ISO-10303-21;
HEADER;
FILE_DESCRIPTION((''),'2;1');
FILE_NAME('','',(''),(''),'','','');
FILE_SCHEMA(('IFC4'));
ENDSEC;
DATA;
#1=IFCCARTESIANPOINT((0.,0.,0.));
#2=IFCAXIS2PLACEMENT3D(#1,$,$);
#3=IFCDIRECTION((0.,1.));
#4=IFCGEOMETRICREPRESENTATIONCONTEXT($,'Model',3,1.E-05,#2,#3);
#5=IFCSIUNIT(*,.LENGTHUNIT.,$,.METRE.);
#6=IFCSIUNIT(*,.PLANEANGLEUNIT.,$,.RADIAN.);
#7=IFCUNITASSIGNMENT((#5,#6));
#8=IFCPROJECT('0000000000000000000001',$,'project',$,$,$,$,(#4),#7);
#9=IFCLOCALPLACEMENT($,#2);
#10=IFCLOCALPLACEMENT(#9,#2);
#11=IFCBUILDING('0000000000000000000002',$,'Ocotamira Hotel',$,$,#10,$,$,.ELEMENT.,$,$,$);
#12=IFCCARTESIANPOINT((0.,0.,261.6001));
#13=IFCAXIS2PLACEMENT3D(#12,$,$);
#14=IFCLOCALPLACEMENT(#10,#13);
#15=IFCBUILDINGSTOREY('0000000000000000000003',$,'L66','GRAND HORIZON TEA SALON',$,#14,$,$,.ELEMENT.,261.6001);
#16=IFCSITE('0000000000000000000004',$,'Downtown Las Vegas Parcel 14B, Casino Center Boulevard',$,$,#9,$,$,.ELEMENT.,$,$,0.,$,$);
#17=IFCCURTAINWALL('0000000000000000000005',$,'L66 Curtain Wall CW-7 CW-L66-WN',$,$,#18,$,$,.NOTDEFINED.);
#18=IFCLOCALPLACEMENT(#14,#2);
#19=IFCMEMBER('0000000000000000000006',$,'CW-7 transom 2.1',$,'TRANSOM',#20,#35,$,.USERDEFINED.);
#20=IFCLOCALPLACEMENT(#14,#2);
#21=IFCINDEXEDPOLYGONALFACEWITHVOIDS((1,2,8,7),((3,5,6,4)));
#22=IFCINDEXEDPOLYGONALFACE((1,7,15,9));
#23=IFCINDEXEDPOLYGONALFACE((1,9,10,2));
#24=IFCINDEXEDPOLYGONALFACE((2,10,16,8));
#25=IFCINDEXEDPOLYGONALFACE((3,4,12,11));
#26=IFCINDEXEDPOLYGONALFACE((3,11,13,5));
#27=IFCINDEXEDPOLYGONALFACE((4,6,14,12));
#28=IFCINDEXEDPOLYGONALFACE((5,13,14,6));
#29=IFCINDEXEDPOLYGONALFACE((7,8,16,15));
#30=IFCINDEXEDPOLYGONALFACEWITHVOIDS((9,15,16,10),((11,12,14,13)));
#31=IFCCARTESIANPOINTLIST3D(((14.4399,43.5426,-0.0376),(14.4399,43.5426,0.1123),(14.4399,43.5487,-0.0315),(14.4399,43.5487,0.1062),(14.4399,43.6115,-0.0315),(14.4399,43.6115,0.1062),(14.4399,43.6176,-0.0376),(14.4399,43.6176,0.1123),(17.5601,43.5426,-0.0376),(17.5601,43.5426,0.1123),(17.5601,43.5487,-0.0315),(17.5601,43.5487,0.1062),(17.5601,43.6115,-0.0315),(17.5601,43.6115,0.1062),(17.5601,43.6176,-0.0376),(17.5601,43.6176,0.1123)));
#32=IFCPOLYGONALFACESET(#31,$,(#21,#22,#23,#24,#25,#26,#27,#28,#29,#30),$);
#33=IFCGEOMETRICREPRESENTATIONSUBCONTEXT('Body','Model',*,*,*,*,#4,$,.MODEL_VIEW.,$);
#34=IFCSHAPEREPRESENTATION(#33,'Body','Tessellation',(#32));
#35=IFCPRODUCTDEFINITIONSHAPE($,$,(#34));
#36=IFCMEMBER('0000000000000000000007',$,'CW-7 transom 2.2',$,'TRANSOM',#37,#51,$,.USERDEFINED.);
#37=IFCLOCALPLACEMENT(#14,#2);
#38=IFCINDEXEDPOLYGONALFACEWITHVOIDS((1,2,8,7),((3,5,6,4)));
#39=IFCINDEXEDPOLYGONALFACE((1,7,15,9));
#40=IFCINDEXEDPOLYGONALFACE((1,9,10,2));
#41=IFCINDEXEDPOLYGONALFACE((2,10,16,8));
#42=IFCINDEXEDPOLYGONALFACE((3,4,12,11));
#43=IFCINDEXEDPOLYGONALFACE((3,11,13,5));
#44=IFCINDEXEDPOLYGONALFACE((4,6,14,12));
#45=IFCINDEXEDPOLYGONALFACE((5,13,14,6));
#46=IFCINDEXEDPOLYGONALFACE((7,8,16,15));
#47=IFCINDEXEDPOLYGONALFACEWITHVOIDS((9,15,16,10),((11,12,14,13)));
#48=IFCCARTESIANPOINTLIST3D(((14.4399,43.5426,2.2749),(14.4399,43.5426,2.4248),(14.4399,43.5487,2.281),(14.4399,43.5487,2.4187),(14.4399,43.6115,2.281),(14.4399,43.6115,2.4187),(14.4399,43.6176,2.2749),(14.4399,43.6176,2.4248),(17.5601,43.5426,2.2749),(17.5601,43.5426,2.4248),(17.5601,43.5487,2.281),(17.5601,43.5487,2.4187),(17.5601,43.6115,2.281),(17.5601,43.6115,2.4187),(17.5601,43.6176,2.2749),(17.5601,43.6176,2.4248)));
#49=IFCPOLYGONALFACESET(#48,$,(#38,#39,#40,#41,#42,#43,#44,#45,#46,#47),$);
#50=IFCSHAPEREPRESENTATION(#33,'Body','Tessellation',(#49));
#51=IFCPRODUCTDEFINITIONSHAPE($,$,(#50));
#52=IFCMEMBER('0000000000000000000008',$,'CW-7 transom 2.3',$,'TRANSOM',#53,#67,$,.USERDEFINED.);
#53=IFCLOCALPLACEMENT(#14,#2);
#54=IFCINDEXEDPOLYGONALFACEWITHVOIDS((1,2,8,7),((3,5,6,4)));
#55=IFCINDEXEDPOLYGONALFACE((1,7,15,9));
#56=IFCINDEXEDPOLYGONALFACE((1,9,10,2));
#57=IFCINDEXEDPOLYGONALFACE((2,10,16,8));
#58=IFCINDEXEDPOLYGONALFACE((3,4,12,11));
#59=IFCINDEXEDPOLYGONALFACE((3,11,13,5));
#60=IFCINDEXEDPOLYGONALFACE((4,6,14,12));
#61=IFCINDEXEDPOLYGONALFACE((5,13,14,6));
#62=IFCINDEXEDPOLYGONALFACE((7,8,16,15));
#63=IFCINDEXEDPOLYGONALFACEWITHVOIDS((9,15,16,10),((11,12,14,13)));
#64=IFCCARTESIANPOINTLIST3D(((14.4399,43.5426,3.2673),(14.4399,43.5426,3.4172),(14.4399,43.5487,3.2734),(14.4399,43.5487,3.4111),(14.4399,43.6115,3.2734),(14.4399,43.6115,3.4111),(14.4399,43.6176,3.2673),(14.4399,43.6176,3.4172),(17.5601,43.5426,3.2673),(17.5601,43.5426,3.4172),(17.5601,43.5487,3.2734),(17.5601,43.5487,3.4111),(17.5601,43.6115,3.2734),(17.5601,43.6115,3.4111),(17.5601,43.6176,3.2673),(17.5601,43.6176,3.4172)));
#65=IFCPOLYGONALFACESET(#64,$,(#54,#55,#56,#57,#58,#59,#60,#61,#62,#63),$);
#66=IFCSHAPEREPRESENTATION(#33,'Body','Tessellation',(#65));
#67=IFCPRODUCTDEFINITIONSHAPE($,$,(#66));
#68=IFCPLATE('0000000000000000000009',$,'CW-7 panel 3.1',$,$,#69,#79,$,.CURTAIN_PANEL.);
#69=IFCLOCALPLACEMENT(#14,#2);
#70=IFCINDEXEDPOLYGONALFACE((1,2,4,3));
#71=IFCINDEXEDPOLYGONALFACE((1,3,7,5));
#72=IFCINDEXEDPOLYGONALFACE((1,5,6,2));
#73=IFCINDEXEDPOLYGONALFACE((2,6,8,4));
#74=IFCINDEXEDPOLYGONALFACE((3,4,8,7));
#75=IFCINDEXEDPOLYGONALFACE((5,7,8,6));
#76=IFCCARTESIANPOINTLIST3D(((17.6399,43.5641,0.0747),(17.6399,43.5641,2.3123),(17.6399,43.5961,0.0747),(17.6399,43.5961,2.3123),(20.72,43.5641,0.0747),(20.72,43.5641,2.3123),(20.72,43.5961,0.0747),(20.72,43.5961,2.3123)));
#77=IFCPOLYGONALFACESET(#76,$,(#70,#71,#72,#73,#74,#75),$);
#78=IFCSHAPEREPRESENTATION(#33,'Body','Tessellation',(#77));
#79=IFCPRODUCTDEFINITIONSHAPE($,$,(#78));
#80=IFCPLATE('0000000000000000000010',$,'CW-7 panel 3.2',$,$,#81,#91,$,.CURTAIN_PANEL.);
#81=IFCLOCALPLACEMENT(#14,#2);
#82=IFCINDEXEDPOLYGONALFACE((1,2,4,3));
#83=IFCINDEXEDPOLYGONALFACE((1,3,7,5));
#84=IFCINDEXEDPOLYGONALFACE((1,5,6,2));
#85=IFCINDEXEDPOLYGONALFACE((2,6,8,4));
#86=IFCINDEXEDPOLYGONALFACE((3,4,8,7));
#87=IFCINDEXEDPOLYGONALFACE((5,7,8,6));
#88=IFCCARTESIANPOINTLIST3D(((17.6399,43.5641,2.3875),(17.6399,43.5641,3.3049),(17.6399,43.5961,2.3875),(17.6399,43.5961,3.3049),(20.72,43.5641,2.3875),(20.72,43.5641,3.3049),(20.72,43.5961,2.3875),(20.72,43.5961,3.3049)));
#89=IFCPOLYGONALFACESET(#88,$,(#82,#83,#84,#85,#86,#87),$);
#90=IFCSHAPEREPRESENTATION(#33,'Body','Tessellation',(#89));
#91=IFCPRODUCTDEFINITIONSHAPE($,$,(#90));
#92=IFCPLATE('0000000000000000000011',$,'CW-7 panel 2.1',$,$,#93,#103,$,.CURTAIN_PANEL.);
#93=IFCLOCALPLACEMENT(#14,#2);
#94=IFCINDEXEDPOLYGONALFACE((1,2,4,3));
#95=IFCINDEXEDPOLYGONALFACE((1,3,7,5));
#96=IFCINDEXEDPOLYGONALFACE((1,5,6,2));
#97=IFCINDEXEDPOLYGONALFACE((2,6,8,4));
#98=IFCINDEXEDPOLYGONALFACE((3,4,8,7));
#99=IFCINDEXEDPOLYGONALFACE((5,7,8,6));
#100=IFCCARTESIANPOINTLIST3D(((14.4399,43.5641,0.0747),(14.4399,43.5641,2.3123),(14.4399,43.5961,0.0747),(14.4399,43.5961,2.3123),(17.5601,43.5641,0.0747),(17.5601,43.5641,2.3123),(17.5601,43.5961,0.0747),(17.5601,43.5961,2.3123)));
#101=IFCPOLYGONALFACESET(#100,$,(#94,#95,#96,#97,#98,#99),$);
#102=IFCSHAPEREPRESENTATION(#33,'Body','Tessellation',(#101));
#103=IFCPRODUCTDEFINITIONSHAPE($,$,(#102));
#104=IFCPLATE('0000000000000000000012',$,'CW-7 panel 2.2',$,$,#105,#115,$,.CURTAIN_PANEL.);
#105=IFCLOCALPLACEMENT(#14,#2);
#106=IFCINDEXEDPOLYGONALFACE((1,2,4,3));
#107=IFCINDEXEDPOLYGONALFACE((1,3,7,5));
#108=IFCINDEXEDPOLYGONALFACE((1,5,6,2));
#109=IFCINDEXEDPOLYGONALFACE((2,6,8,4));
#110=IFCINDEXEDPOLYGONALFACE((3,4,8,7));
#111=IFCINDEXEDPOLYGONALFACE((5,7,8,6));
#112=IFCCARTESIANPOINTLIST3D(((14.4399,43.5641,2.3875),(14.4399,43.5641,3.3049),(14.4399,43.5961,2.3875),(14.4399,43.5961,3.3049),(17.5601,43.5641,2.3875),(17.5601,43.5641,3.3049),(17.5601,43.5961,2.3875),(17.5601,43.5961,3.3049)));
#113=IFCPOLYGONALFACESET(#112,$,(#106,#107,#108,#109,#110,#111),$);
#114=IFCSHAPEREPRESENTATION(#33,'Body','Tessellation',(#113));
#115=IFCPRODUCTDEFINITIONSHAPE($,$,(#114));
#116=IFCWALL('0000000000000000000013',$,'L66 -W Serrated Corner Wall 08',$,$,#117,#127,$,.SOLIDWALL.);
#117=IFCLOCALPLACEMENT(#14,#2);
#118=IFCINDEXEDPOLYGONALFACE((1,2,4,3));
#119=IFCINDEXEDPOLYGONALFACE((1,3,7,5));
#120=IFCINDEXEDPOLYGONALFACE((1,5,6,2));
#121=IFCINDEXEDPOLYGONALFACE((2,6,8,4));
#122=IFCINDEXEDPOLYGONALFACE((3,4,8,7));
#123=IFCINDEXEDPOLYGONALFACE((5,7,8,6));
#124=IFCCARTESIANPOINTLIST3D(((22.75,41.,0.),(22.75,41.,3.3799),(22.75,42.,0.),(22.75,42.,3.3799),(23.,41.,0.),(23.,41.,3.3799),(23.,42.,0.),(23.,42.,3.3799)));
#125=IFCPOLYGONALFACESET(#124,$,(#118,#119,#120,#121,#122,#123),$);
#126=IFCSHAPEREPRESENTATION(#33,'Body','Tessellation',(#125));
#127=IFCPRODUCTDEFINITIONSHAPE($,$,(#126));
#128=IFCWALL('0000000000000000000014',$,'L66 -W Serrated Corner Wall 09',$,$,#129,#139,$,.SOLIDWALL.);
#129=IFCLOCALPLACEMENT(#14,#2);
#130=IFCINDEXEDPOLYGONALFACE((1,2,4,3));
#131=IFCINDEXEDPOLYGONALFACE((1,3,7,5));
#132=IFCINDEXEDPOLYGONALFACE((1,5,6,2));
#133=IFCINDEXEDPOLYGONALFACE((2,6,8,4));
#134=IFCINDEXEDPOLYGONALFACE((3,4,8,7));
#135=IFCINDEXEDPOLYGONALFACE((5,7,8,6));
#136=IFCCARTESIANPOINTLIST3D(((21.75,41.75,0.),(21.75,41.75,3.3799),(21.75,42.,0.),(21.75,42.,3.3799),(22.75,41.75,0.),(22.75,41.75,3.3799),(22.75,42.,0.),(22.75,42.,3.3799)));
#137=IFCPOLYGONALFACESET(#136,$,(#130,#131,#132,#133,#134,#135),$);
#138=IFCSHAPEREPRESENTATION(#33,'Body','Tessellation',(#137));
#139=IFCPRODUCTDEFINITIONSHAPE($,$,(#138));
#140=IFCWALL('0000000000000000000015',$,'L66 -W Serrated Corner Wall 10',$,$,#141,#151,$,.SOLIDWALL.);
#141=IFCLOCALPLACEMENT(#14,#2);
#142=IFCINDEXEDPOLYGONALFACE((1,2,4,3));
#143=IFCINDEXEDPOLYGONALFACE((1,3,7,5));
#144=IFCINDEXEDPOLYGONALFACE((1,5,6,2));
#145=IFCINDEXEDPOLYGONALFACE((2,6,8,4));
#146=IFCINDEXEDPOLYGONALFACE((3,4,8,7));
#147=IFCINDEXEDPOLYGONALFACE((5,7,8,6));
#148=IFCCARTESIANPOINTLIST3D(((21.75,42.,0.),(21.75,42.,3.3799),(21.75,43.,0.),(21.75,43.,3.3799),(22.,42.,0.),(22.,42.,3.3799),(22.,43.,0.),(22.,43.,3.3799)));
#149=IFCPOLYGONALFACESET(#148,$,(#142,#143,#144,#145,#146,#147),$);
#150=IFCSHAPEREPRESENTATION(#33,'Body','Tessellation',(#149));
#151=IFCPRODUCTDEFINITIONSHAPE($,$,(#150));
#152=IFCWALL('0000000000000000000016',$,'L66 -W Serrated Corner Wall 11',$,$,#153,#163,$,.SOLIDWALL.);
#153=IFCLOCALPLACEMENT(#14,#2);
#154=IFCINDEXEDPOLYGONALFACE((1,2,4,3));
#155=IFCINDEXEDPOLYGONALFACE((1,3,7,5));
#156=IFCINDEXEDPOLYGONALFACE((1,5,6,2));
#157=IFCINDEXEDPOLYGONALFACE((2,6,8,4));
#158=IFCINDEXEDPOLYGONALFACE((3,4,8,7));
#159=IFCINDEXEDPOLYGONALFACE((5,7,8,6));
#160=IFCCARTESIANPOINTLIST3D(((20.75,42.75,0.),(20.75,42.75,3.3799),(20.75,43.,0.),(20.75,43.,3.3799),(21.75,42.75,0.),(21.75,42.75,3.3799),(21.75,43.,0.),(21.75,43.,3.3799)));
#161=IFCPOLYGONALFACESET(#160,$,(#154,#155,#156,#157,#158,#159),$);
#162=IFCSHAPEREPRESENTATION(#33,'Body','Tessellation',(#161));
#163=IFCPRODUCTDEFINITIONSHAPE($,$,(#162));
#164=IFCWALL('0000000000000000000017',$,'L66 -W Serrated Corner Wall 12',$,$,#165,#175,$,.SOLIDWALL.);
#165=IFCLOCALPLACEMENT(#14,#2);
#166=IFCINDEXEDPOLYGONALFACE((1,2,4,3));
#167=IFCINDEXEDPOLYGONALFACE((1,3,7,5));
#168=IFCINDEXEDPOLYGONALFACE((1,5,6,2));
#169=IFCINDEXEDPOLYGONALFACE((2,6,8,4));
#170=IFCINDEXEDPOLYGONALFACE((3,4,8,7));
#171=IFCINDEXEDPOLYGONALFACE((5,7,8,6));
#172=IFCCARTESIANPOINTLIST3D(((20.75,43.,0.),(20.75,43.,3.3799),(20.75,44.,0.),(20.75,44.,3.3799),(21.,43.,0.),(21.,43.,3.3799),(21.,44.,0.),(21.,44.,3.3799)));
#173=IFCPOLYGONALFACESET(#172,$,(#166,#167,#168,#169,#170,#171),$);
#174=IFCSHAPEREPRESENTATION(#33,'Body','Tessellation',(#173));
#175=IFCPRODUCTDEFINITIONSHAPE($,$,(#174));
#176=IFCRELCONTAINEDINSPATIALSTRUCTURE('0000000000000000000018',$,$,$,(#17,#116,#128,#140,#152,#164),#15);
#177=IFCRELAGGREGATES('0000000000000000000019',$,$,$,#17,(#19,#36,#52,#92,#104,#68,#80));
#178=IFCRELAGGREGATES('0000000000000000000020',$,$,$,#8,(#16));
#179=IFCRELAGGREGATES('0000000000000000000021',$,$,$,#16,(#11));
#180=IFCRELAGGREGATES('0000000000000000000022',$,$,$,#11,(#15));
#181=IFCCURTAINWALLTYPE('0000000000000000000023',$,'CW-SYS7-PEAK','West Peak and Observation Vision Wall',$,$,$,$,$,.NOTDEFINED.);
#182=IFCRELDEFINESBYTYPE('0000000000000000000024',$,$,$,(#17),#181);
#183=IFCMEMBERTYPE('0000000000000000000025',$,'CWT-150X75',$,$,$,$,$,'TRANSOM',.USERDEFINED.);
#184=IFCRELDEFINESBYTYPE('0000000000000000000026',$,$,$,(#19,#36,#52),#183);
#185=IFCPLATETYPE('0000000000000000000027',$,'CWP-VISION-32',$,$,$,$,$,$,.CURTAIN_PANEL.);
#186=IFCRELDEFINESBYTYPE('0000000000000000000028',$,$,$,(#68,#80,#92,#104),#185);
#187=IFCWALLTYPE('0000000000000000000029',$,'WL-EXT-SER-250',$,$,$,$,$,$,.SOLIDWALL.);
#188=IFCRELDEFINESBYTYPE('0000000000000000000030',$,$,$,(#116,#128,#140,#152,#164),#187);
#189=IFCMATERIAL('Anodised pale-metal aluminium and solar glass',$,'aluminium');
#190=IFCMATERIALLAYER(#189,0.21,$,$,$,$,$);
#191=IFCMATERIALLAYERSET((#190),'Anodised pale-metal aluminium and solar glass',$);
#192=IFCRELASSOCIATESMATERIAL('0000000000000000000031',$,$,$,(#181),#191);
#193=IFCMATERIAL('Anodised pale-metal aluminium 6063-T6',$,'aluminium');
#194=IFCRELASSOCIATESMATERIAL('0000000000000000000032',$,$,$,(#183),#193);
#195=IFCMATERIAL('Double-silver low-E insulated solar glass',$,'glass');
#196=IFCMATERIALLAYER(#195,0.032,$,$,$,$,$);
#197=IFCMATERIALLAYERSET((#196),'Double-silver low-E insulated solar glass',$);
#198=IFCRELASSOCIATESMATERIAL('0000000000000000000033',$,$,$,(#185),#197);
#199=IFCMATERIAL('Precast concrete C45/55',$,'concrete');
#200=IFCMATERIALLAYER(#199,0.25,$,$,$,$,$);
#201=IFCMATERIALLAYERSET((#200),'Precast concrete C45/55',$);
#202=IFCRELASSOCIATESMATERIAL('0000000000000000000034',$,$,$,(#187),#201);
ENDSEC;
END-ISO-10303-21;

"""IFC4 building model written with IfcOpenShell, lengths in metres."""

from ifc_helpers import new_model, si_unit, direction, frame, frame_2d, origin, origin_2d, place, context, subcontext, project, spatial, rectangle, hollow_rectangle, extrude, source, transform, mapped, material, layer, layer_set, material_profile, profile_set, type_object, element, aggregate, save


model = new_model("IFC4")

# Units and contexts
model_context = context("Model", 3, precision=1e-05, world=origin(), true_north=direction((0.0, 1.0)))
body_context = subcontext(model_context, "Body", "Model", "MODEL_VIEW")
ifc_project = project(units=[si_unit("LENGTHUNIT", "METRE"), si_unit("PLANEANGLEUNIT", "RADIAN")], contexts=[model_context])

# Site, building, storey
site_placement = place(None, origin())
site = spatial("IfcSite", under=ifc_project, at=site_placement, Name="Downtown Las Vegas Parcel 14B, Casino Center Boulevard", CompositionType="ELEMENT", RefElevation=0.0)
building_placement = place(site_placement, origin())
building = spatial("IfcBuilding", under=site, at=building_placement, Name="Ocotamira Hotel", CompositionType="ELEMENT")
storey_placement = place(building_placement, frame((0.0, 0.0, 261.6001)))
storey = spatial("IfcBuildingStorey", under=building, at=storey_placement, Name="L66", Description="GRAND HORIZON TEA SALON", CompositionType="ELEMENT", Elevation=261.6001)

# Curtain wall, members, plates
ifc_material_1 = material(Name="Anodised pale-metal aluminium and solar glass", Category="aluminium")
ifc_layer_1 = layer(ifc_material_1, 0.21)
ifc_layer_set_1 = layer_set([ifc_layer_1], Name="Anodised pale-metal aluminium and solar glass")
curtain_wall_type = type_object("IfcCurtainWallType", Name="CW-SYS7-PEAK", Description="West Peak and Observation Vision Wall", PredefinedType="NOTDEFINED", material=ifc_layer_set_1)
curtain_wall_placement = place(storey_placement, origin())
curtain_wall = element("IfcCurtainWall", 1, at=curtain_wall_placement, inside=storey, type_object=curtain_wall_type, Name="L66 Curtain Wall CW-7 CW-L66-WN", PredefinedType="NOTDEFINED")
ifc_material_2 = material(Name="Anodised pale-metal aluminium 6063-T6", Category="aluminium")
ifc_material_profile_1 = material_profile(ifc_material_2, hollow_rectangle(XDim=0.075, YDim=0.1499, WallThickness=0.0061, at=origin_2d()), Name="HSS150X75X6")
ifc_profile_set_1 = profile_set([ifc_material_profile_1], Name="Anodised pale-metal aluminium 6063-T6")
member_type_1 = type_object("IfcMemberType", Name="CWT-150X75", ElementType="TRANSOM", PredefinedType="USERDEFINED", material=ifc_profile_set_1)
shared_shape_1 = source(origin(), body_context, "Body", "SweptSolid", [
    extrude(hollow_rectangle(XDim=0.075, YDim=0.1499, WallThickness=0.0061, at=origin_2d()), origin(), (0.0, 0.0, 1.0), 3.1201),
])
member_1_placement = place(storey_placement, frame((14.4399, 43.5801, 0.0374), z_axis=(1.0, 0.0, 0.0), x_axis=(0.0, 1.0, 0.0)))
member_1 = element("IfcMember", 2, at=member_1_placement, type_object=member_type_1, Name="CW-7 transom 2.1", ObjectType="TRANSOM", PredefinedType="USERDEFINED", context=body_context, shape_type="MappedRepresentation", body=[
    mapped(shared_shape_1, transform((0.0, 0.0, 0.0), scale=1.0)),
])
member_2_placement = place(storey_placement, frame((14.4399, 43.5801, 2.3499), z_axis=(1.0, 0.0, 0.0), x_axis=(0.0, 1.0, 0.0)))
member_2 = element("IfcMember", 3, at=member_2_placement, type_object=member_type_1, Name="CW-7 transom 2.2", ObjectType="TRANSOM", PredefinedType="USERDEFINED", context=body_context, shape_type="MappedRepresentation", body=[
    mapped(shared_shape_1, transform((0.0, 0.0, 0.0), scale=1.0)),
])
member_3_placement = place(storey_placement, frame((14.4399, 43.5801, 3.3423), z_axis=(1.0, 0.0, 0.0), x_axis=(0.0, 1.0, 0.0)))
member_3 = element("IfcMember", 4, at=member_3_placement, type_object=member_type_1, Name="CW-7 transom 2.3", ObjectType="TRANSOM", PredefinedType="USERDEFINED", context=body_context, shape_type="MappedRepresentation", body=[
    mapped(shared_shape_1, transform((0.0, 0.0, 0.0), scale=1.0)),
])
ifc_material_3 = material(Name="Double-silver low-E insulated solar glass", Category="glass")
ifc_layer_2 = layer(ifc_material_3, 0.032)
ifc_layer_set_2 = layer_set([ifc_layer_2], Name="Double-silver low-E insulated solar glass")
plate_type = type_object("IfcPlateType", Name="CWP-VISION-32", PredefinedType="CURTAIN_PANEL", material=ifc_layer_set_2)
shared_shape_2 = source(origin(), body_context, "Body", "SweptSolid", [
    extrude(rectangle(XDim=3.0801, YDim=0.032, at=origin_2d()), origin(), (0.0, 0.0, 1.0), 2.2375),
])
plate_1_placement = place(storey_placement, frame((19.1799, 43.5801, 0.0747), z_axis=(0.0, 0.0, 1.0), x_axis=(1.0, 0.0, 0.0)))
plate_1 = element("IfcPlate", 5, at=plate_1_placement, type_object=plate_type, Name="CW-7 panel 3.1", PredefinedType="CURTAIN_PANEL", context=body_context, shape_type="MappedRepresentation", body=[
    mapped(shared_shape_2, transform((0.0, 0.0, 0.0), scale=1.0)),
])
shared_shape_3 = source(origin(), body_context, "Body", "SweptSolid", [
    extrude(rectangle(XDim=3.0801, YDim=0.032, at=origin_2d()), origin(), (0.0, 0.0, 1.0), 0.9175),
])
plate_2_placement = place(storey_placement, frame((19.1799, 43.5801, 2.3875), z_axis=(0.0, 0.0, 1.0), x_axis=(1.0, 0.0, 0.0)))
plate_2 = element("IfcPlate", 6, at=plate_2_placement, type_object=plate_type, Name="CW-7 panel 3.2", PredefinedType="CURTAIN_PANEL", context=body_context, shape_type="MappedRepresentation", body=[
    mapped(shared_shape_3, transform((0.0, 0.0, 0.0), scale=1.0)),
])
shared_shape_4 = source(origin(), body_context, "Body", "SweptSolid", [
    extrude(rectangle(XDim=3.1201, YDim=0.032, at=origin_2d()), origin(), (0.0, 0.0, 1.0), 2.2375),
])
plate_3_placement = place(storey_placement, frame((16.0, 43.5801, 0.0747), z_axis=(0.0, 0.0, 1.0), x_axis=(1.0, 0.0, 0.0)))
plate_3 = element("IfcPlate", 7, at=plate_3_placement, type_object=plate_type, Name="CW-7 panel 2.1", PredefinedType="CURTAIN_PANEL", context=body_context, shape_type="MappedRepresentation", body=[
    mapped(shared_shape_4, transform((0.0, 0.0, 0.0), scale=1.0)),
])
shared_shape_5 = source(origin(), body_context, "Body", "SweptSolid", [
    extrude(rectangle(XDim=3.1201, YDim=0.032, at=origin_2d()), origin(), (0.0, 0.0, 1.0), 0.9175),
])
plate_4_placement = place(storey_placement, frame((16.0, 43.5801, 2.3875), z_axis=(0.0, 0.0, 1.0), x_axis=(1.0, 0.0, 0.0)))
plate_4 = element("IfcPlate", 8, at=plate_4_placement, type_object=plate_type, Name="CW-7 panel 2.2", PredefinedType="CURTAIN_PANEL", context=body_context, shape_type="MappedRepresentation", body=[
    mapped(shared_shape_5, transform((0.0, 0.0, 0.0), scale=1.0)),
])
aggregate(curtain_wall, [member_1, member_2, member_3, plate_3, plate_4, plate_1, plate_2])

# Walls
ifc_material_4 = material(Name="Precast concrete C45/55", Category="concrete")
ifc_layer_3 = layer(ifc_material_4, 0.25)
ifc_layer_set_3 = layer_set([ifc_layer_3], Name="Precast concrete C45/55")
wall_type_1 = type_object("IfcWallType", Name="WL-EXT-SER-250", PredefinedType="SOLIDWALL", material=ifc_layer_set_3)
for number, where, z_axis, x_axis, name in (
    (9, (22.875, 41.0, 0.0), (0.0, 0.0, 1.0), (0.0, 1.0, 0.0), "L66 -W Serrated Corner Wall 08"),
    (10, (22.75, 41.875, 0.0), (0.0, 0.0, 1.0), (-1.0, 0.0, 0.0), "L66 -W Serrated Corner Wall 09"),
    (11, (21.875, 42.0, 0.0), (0.0, 0.0, 1.0), (0.0, 1.0, 0.0), "L66 -W Serrated Corner Wall 10"),
    (12, (21.75, 42.875, 0.0), (0.0, 0.0, 1.0), (-1.0, 0.0, 0.0), "L66 -W Serrated Corner Wall 11"),
    (13, (20.875, 43.0, 0.0), (0.0, 0.0, 1.0), (0.0, 1.0, 0.0), "L66 -W Serrated Corner Wall 12"),
):
    element("IfcWall", number, at=place(storey_placement, frame(where, z_axis=z_axis, x_axis=x_axis)), inside=storey, type_object=wall_type_1, Name=name, PredefinedType="SOLIDWALL", context=body_context, shape_type="SweptSolid", body=[
        extrude(rectangle(XDim=1.0, YDim=0.25, at=frame_2d((0.5, 0.0))), origin(), (0.0, 0.0, 1.0), 3.3799),
    ])

save(model, "model.ifc")
